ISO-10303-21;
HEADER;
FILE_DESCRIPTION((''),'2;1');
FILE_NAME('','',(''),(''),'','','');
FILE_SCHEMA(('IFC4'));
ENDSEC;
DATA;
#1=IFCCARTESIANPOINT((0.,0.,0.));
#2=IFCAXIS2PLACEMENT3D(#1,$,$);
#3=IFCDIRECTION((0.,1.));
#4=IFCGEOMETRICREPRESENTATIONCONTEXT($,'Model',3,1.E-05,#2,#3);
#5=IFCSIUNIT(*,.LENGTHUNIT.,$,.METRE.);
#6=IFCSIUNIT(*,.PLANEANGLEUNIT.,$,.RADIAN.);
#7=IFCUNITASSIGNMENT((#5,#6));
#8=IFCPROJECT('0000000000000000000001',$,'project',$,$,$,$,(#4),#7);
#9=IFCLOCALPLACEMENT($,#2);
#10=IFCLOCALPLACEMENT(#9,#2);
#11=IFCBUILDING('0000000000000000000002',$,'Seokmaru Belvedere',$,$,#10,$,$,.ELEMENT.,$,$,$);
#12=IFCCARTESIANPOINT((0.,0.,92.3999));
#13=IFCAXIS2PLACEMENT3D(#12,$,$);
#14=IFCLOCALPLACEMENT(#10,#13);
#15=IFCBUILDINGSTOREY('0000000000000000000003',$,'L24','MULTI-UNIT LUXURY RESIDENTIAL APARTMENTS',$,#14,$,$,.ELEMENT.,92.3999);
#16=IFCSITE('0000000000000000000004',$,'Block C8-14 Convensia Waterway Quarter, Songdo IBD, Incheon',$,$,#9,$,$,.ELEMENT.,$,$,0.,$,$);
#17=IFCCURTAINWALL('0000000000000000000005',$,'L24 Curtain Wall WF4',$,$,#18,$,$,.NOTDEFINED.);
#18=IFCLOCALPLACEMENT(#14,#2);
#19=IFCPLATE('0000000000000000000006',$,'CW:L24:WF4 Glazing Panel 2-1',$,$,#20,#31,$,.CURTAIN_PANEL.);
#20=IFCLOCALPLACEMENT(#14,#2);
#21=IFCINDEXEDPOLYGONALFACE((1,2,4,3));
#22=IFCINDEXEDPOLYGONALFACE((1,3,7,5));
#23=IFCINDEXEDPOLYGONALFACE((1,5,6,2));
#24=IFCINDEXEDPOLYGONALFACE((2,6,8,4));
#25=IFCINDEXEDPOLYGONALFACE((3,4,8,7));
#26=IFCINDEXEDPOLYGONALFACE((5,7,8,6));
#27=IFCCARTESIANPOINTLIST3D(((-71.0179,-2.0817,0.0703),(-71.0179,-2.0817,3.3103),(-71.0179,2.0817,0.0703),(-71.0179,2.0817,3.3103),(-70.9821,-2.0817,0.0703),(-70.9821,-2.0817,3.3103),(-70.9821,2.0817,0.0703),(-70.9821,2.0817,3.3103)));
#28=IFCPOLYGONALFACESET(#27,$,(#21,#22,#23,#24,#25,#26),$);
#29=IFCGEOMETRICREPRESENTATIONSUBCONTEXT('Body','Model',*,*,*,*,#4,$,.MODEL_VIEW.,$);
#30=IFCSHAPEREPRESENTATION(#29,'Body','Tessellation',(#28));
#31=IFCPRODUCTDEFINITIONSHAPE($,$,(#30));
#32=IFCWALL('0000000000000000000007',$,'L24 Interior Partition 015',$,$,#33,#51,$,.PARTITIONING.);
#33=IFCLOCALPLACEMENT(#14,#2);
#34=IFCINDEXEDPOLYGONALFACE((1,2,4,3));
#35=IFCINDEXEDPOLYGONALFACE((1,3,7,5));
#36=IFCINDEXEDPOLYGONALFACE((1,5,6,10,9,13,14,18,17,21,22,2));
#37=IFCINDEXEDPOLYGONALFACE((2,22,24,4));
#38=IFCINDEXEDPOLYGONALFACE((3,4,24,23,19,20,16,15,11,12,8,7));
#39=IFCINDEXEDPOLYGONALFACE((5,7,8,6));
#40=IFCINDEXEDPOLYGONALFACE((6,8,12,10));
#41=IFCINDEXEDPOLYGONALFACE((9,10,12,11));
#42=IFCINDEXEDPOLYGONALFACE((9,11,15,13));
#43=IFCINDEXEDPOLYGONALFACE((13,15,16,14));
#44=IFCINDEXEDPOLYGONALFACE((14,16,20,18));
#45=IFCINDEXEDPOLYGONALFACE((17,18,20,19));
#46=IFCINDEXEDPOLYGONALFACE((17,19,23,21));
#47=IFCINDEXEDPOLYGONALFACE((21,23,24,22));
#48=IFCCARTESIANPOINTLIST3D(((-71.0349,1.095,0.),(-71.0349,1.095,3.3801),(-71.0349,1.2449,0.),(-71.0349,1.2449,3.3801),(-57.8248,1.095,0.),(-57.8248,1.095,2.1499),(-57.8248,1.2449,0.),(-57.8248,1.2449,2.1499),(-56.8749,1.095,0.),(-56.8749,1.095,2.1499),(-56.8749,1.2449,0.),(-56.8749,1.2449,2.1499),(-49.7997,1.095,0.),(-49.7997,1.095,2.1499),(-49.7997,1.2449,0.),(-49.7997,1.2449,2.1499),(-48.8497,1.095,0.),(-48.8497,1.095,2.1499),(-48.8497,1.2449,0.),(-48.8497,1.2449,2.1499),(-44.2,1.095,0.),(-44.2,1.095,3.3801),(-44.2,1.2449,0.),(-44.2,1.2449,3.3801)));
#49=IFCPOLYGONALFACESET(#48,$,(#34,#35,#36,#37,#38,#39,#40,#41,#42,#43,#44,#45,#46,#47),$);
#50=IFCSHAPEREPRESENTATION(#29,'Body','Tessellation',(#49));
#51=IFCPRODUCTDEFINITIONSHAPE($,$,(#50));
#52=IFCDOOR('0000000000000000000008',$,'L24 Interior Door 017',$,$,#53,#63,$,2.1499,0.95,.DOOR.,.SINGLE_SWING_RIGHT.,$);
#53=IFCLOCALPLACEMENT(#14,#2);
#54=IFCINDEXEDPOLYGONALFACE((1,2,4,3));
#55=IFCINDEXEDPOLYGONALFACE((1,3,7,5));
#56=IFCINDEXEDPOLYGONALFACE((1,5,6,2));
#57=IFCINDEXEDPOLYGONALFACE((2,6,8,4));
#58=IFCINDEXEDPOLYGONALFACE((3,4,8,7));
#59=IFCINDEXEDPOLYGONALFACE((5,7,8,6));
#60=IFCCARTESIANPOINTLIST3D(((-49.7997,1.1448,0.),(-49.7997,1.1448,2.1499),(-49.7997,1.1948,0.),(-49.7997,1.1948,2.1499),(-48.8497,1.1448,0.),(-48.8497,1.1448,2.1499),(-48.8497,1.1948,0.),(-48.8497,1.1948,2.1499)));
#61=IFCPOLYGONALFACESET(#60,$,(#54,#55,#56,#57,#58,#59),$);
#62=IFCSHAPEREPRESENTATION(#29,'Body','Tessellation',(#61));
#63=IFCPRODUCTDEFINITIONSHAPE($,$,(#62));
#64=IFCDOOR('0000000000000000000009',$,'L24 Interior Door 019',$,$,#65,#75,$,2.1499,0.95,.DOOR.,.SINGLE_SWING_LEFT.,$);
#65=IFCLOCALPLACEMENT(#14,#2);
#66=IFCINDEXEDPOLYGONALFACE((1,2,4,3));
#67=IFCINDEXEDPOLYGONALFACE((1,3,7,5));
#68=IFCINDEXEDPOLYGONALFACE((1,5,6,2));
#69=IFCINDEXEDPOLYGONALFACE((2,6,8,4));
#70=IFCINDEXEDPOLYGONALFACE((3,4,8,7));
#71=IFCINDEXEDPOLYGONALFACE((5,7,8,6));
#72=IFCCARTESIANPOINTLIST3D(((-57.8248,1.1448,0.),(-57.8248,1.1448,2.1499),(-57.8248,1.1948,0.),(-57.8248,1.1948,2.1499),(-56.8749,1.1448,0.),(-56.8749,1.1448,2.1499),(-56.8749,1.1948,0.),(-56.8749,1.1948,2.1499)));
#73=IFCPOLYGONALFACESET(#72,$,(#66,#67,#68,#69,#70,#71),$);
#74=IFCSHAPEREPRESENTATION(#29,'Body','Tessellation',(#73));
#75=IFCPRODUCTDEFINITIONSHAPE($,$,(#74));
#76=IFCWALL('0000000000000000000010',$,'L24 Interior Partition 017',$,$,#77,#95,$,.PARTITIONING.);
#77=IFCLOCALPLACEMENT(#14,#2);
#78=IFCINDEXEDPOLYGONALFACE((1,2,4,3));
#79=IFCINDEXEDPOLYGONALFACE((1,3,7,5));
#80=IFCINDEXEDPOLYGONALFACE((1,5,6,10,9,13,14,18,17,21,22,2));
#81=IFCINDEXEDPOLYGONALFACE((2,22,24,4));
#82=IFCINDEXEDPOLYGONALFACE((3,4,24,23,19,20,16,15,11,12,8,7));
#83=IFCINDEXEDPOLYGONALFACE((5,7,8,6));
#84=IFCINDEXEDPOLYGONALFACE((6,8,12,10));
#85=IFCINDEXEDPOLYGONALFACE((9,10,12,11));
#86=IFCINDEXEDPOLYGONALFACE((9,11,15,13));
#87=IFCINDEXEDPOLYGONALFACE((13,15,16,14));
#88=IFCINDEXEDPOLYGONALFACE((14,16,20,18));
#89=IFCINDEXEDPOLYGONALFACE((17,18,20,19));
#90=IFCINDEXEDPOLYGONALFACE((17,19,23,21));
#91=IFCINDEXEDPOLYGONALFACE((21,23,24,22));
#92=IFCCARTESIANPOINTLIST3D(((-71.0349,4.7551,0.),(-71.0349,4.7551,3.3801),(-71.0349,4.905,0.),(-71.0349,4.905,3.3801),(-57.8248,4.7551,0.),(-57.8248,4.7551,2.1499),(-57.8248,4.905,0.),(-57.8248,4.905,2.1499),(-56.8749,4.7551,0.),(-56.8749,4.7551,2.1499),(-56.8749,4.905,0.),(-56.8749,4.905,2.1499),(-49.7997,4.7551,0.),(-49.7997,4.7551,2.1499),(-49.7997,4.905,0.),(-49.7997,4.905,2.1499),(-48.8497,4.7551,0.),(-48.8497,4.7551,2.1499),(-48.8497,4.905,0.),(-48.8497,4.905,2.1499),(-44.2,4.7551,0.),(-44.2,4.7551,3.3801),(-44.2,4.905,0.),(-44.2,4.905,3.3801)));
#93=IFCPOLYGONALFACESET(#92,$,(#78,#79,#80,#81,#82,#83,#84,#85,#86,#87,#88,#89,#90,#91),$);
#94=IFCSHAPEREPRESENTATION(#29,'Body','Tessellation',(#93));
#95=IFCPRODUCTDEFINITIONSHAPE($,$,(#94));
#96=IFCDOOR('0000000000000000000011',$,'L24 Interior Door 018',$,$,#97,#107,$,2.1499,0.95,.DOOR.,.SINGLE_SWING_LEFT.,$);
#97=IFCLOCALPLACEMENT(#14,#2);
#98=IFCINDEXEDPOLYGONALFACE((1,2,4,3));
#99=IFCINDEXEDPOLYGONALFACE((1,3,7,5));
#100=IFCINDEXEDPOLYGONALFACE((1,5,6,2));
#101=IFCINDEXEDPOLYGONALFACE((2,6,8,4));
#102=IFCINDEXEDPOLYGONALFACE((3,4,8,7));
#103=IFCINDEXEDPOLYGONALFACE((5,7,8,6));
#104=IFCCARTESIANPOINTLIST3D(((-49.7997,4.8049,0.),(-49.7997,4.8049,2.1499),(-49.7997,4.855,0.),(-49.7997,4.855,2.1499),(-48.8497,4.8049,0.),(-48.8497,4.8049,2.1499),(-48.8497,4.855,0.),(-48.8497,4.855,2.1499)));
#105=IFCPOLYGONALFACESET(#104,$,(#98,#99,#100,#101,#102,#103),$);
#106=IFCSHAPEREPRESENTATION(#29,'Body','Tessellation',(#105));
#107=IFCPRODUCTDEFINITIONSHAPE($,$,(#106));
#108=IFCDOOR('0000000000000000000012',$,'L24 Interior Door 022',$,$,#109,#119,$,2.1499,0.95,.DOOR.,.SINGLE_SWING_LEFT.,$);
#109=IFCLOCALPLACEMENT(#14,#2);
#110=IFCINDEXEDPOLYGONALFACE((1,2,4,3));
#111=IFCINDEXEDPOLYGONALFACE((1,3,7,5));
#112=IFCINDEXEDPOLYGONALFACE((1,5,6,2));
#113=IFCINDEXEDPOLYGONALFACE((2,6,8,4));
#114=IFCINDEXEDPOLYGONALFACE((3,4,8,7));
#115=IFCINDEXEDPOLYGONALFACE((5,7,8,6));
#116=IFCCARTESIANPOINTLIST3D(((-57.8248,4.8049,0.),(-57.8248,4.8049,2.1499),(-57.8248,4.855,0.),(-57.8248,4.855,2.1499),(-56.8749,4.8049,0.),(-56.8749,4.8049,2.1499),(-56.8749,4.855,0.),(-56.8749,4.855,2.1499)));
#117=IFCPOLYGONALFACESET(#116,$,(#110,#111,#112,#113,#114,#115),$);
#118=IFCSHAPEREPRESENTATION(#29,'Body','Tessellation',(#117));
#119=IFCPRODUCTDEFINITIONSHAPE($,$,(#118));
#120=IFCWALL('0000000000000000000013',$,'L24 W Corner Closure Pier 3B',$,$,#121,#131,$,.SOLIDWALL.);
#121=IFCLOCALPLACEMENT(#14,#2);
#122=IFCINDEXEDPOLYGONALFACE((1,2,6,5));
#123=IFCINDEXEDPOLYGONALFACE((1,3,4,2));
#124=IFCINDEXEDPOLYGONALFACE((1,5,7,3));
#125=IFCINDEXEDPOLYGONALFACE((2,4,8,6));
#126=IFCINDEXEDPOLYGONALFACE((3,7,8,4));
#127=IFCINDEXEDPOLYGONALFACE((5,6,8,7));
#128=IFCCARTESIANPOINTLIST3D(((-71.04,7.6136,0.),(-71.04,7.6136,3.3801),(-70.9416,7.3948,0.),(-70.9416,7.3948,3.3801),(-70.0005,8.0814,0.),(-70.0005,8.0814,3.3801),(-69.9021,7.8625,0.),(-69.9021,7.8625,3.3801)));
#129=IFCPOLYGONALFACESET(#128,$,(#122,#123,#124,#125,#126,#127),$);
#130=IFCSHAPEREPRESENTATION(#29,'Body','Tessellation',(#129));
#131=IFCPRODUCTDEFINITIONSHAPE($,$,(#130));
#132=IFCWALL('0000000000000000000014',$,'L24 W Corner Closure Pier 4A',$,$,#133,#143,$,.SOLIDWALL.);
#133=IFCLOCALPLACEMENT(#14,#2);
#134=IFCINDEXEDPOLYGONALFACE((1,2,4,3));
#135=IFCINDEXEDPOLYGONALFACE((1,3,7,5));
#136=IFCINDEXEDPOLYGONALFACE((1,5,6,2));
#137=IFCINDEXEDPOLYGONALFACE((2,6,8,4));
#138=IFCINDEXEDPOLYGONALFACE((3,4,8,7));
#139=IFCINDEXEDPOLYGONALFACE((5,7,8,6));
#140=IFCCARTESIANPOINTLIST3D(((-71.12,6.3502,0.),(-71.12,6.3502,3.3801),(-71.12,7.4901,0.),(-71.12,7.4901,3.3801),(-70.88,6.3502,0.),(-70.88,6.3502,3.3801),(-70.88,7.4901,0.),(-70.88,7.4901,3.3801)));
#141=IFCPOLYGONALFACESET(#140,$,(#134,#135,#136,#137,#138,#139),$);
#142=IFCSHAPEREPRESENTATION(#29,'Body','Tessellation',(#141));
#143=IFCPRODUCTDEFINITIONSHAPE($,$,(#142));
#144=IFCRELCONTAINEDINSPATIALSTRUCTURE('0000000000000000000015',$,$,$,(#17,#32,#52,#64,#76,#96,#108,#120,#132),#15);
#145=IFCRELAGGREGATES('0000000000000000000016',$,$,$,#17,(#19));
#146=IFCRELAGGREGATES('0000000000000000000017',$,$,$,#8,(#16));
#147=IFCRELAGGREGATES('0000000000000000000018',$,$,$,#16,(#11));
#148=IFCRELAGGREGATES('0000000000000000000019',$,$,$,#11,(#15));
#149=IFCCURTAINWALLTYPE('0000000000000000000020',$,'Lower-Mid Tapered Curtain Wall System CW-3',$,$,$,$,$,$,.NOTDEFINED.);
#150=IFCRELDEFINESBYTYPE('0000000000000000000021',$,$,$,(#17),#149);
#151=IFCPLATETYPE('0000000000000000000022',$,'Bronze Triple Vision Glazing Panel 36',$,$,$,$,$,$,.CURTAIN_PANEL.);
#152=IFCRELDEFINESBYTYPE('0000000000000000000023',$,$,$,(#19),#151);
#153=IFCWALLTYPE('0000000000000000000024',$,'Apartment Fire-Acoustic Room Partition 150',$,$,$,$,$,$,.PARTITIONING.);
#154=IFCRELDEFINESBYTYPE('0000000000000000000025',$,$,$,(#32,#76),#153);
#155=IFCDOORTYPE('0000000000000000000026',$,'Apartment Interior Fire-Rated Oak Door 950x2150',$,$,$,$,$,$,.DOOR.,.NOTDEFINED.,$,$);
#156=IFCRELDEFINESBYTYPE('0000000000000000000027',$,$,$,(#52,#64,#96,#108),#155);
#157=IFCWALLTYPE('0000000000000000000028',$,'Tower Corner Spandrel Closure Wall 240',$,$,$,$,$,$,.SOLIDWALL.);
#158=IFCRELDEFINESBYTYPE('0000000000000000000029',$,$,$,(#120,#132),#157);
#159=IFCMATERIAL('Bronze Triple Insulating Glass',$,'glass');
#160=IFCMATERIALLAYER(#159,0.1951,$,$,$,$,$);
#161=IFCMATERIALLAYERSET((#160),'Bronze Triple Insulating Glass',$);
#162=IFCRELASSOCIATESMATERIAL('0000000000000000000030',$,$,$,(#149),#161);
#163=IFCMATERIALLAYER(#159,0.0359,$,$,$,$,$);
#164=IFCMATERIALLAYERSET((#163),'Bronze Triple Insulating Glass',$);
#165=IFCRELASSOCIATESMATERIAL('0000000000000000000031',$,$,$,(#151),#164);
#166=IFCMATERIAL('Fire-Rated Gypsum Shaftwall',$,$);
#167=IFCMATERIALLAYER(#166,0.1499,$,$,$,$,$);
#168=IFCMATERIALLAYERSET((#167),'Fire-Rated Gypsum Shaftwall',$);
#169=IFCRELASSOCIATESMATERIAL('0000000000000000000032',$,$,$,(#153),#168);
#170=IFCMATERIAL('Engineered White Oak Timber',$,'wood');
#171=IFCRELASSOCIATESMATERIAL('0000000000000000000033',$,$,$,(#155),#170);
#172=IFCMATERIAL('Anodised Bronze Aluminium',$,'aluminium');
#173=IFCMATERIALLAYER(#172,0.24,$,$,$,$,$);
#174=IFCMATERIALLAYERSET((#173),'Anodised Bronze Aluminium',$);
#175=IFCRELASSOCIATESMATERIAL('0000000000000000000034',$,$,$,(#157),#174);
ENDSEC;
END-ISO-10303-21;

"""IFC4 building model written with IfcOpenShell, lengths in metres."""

from ifc_helpers import new_model, si_unit, direction, frame, frame_2d, origin, origin_2d, place, context, subcontext, project, spatial, rectangle, extrude, source, transform, mapped, material, layer, layer_set, type_object, type_shapes, element, fill, aggregate, save


model = new_model("IFC4")

# Units and contexts
model_context = context("Model", 3, precision=1e-05, world=origin(), true_north=direction((0.0, 1.0)))
body_context = subcontext(model_context, "Body", "Model", "MODEL_VIEW")
ifc_project = project(units=[si_unit("LENGTHUNIT", "METRE"), si_unit("PLANEANGLEUNIT", "RADIAN")], contexts=[model_context])

# Site, building, storey
site_placement = place(None, origin())
site = spatial("IfcSite", under=ifc_project, at=site_placement, Name="Block C8-14 Convensia Waterway Quarter, Songdo IBD, Incheon", CompositionType="ELEMENT", RefElevation=0.0)
building_placement = place(site_placement, origin())
building = spatial("IfcBuilding", under=site, at=building_placement, Name="Seokmaru Belvedere", CompositionType="ELEMENT")
storey_placement = place(building_placement, frame((0.0, 0.0, 92.3999)))
storey = spatial("IfcBuildingStorey", under=building, at=storey_placement, Name="L24", Description="MULTI-UNIT LUXURY RESIDENTIAL APARTMENTS", CompositionType="ELEMENT", Elevation=92.3999)

# Curtain wall, plate
ifc_material_1 = material(Name="Bronze Triple Insulating Glass", Category="glass")
ifc_layer_1 = layer(ifc_material_1, 0.1951)
ifc_layer_set_1 = layer_set([ifc_layer_1], Name="Bronze Triple Insulating Glass")
curtain_wall_type = type_object("IfcCurtainWallType", Name="Lower-Mid Tapered Curtain Wall System CW-3", PredefinedType="NOTDEFINED", material=ifc_layer_set_1)
curtain_wall_placement = place(storey_placement, origin())
curtain_wall = element("IfcCurtainWall", 1, at=curtain_wall_placement, inside=storey, type_object=curtain_wall_type, Name="L24 Curtain Wall WF4", PredefinedType="NOTDEFINED")
ifc_material_2 = material(Name="Anodised Bronze Aluminium", Category="aluminium")
ifc_layer_2 = layer(ifc_material_1, 0.0359)
ifc_layer_set_2 = layer_set([ifc_layer_2], Name="Bronze Triple Insulating Glass")
plate_type = type_object("IfcPlateType", Name="Bronze Triple Vision Glazing Panel 36", PredefinedType="CURTAIN_PANEL", material=ifc_layer_set_2)
shared_shape_1 = source(origin(), body_context, "Body", "SweptSolid", [
    extrude(rectangle(XDim=4.1633, YDim=0.0359, at=origin_2d()), origin(), (0.0, 0.0, 1.0), 3.24),
])
plate_1_placement = place(storey_placement, frame((-71.0, 0.0, 0.0703), z_axis=(0.0, 0.0, 1.0), x_axis=(0.0, -1.0, 0.0)))
plate_1 = element("IfcPlate", 2, at=plate_1_placement, type_object=plate_type, Name="CW:L24:WF4 Glazing Panel 2-1", PredefinedType="CURTAIN_PANEL", context=body_context, shape_type="MappedRepresentation", body=[
    mapped(shared_shape_1, transform((0.0, 0.0, 0.0), scale=1.0)),
])
aggregate(curtain_wall, [plate_1])

# Walls, openings, doors
ifc_material_3 = material(Name="Fire-Rated Gypsum Shaftwall")
ifc_layer_3 = layer(ifc_material_3, 0.1499)
ifc_layer_set_3 = layer_set([ifc_layer_3], Name="Fire-Rated Gypsum Shaftwall")
wall_type_1 = type_object("IfcWallType", Name="Apartment Fire-Acoustic Room Partition 150", PredefinedType="PARTITIONING", material=ifc_layer_set_3)
wall_1_placement = place(storey_placement, frame((-71.0349, 1.1699, 0.0), z_axis=(0.0, 0.0, 1.0), x_axis=(1.0, 0.0, 0.0)))
wall_1 = element("IfcWall", 3, at=wall_1_placement, inside=storey, type_object=wall_type_1, Name="L24 Interior Partition 015", PredefinedType="PARTITIONING", context=body_context, shape_type="SweptSolid", body=[
    extrude(rectangle(XDim=26.835, YDim=0.1499, at=frame_2d((13.4175, 0.0))), origin(), (0.0, 0.0, 1.0), 3.3801),
])
opening_1_placement = place(wall_1_placement, frame((21.2351, 0.0, 0.0)))
opening_1 = element("IfcOpeningElement", 4, at=opening_1_placement, cuts=wall_1, PredefinedType="OPENING", context=body_context, shape_type="SweptSolid", body=[
    extrude(rectangle(XDim=0.95, YDim=2.1499, at=frame_2d((0.4751, 1.075))), frame((0.0, 0.085, 0.0), z_axis=(0.0, -1.0, 0.0), x_axis=(1.0, 0.0, 0.0)), (0.0, 0.0, 1.0), 0.1699),
])
opening_2_placement = place(wall_1_placement, frame((13.21, 0.0, 0.0)))
opening_2 = element("IfcOpeningElement", 5, at=opening_2_placement, cuts=wall_1, PredefinedType="OPENING", context=body_context, shape_type="SweptSolid", body=[
    extrude(rectangle(XDim=0.95, YDim=2.1499, at=frame_2d((0.4751, 1.075))), frame((0.0, 0.085, 0.0), z_axis=(0.0, -1.0, 0.0), x_axis=(1.0, 0.0, 0.0)), (0.0, 0.0, 1.0), 0.1699),
])
ifc_material_4 = material(Name="Engineered White Oak Timber", Category="wood")
door_type = type_object("IfcDoorType", Name="Apartment Interior Fire-Rated Oak Door 950x2150", OperationType="NOTDEFINED", PredefinedType="DOOR", material=ifc_material_4)
shared_shape_2 = source(origin(), body_context, "Body", "SweptSolid", [
    extrude(rectangle(XDim=0.95, YDim=2.1499, at=frame_2d((0.4751, 1.075))), frame((0.0, 0.0249, 0.0), z_axis=(0.0, -1.0, 0.0), x_axis=(1.0, 0.0, 0.0)), (0.0, 0.0, 1.0), 0.05),
])
type_shapes(door_type, [shared_shape_2])
door_1_placement = place(opening_1_placement, origin())
door_1 = element("IfcDoor", 6, at=door_1_placement, inside=storey, type_object=door_type, Name="L24 Interior Door 017", OperationType="SINGLE_SWING_RIGHT", OverallHeight=2.1499, OverallWidth=0.95, PredefinedType="DOOR", context=body_context, shape_type="MappedRepresentation", body=[
    mapped(shared_shape_2, transform((0.0, 0.0, 0.0), scale=1.0)),
])
fill(opening_1, door_1)
door_2_placement = place(opening_2_placement, origin())
door_2 = element("IfcDoor", 7, at=door_2_placement, inside=storey, type_object=door_type, Name="L24 Interior Door 019", OperationType="SINGLE_SWING_LEFT", OverallHeight=2.1499, OverallWidth=0.95, PredefinedType="DOOR", context=body_context, shape_type="MappedRepresentation", body=[
    mapped(shared_shape_2, transform((0.0, 0.0, 0.0), scale=1.0)),
])
fill(opening_2, door_2)
wall_2_placement = place(storey_placement, frame((-71.0349, 4.8301, 0.0), z_axis=(0.0, 0.0, 1.0), x_axis=(1.0, 0.0, 0.0)))
wall_2 = element("IfcWall", 8, at=wall_2_placement, inside=storey, type_object=wall_type_1, Name="L24 Interior Partition 017", PredefinedType="PARTITIONING", context=body_context, shape_type="SweptSolid", body=[
    extrude(rectangle(XDim=26.835, YDim=0.1499, at=frame_2d((13.4175, 0.0))), origin(), (0.0, 0.0, 1.0), 3.3801),
])
opening_3_placement = place(wall_2_placement, frame((21.2351, 0.0, 0.0)))
opening_3 = element("IfcOpeningElement", 9, at=opening_3_placement, cuts=wall_2, PredefinedType="OPENING", context=body_context, shape_type="SweptSolid", body=[
    extrude(rectangle(XDim=0.95, YDim=2.1499, at=frame_2d((0.4751, 1.075))), frame((0.0, 0.085, 0.0), z_axis=(0.0, -1.0, 0.0), x_axis=(1.0, 0.0, 0.0)), (0.0, 0.0, 1.0), 0.1699),
])
opening_4_placement = place(wall_2_placement, frame((13.21, 0.0, 0.0)))
opening_4 = element("IfcOpeningElement", 10, at=opening_4_placement, cuts=wall_2, PredefinedType="OPENING", context=body_context, shape_type="SweptSolid", body=[
    extrude(rectangle(XDim=0.95, YDim=2.1499, at=frame_2d((0.4751, 1.075))), frame((0.0, 0.085, 0.0), z_axis=(0.0, -1.0, 0.0), x_axis=(1.0, 0.0, 0.0)), (0.0, 0.0, 1.0), 0.1699),
])
door_3_placement = place(opening_3_placement, origin())
door_3 = element("IfcDoor", 11, at=door_3_placement, inside=storey, type_object=door_type, Name="L24 Interior Door 018", OperationType="SINGLE_SWING_LEFT", OverallHeight=2.1499, OverallWidth=0.95, PredefinedType="DOOR", context=body_context, shape_type="MappedRepresentation", body=[
    mapped(shared_shape_2, transform((0.0, 0.0, 0.0), scale=1.0)),
])
fill(opening_3, door_3)
door_4_placement = place(opening_4_placement, origin())
door_4 = element("IfcDoor", 12, at=door_4_placement, inside=storey, type_object=door_type, Name="L24 Interior Door 022", OperationType="SINGLE_SWING_LEFT", OverallHeight=2.1499, OverallWidth=0.95, PredefinedType="DOOR", context=body_context, shape_type="MappedRepresentation", body=[
    mapped(shared_shape_2, transform((0.0, 0.0, 0.0), scale=1.0)),
])
fill(opening_4, door_4)

# Walls
ifc_layer_4 = layer(ifc_material_2, 0.24)
ifc_layer_set_4 = layer_set([ifc_layer_4], Name="Anodised Bronze Aluminium")
wall_type_2 = type_object("IfcWallType", Name="Tower Corner Spandrel Closure Wall 240", PredefinedType="SOLIDWALL", material=ifc_layer_set_4)
for number, where, z_axis, x_axis, name in (
    (13, (-69.9514, 7.9719, 0.0), (0.0, 0.0, 1.0), (-0.91193, -0.410347, 0.0), "L24 W Corner Closure Pier 3B"),
    (14, (-71.0, 7.49, 0.0), (0.0, 0.0, 1.0), (0.0, -1.0, 0.0), "L24 W Corner Closure Pier 4A"),
):
    element("IfcWall", number, at=place(storey_placement, frame(where, z_axis=z_axis, x_axis=x_axis)), inside=storey, type_object=wall_type_2, Name=name, PredefinedType="SOLIDWALL", context=body_context, shape_type="SweptSolid", body=[
        extrude(rectangle(XDim=1.1399, YDim=0.24, at=frame_2d((0.5698, 0.0))), origin(), (0.0, 0.0, 1.0), 3.3801),
    ])

save(model, "model.ifc")
